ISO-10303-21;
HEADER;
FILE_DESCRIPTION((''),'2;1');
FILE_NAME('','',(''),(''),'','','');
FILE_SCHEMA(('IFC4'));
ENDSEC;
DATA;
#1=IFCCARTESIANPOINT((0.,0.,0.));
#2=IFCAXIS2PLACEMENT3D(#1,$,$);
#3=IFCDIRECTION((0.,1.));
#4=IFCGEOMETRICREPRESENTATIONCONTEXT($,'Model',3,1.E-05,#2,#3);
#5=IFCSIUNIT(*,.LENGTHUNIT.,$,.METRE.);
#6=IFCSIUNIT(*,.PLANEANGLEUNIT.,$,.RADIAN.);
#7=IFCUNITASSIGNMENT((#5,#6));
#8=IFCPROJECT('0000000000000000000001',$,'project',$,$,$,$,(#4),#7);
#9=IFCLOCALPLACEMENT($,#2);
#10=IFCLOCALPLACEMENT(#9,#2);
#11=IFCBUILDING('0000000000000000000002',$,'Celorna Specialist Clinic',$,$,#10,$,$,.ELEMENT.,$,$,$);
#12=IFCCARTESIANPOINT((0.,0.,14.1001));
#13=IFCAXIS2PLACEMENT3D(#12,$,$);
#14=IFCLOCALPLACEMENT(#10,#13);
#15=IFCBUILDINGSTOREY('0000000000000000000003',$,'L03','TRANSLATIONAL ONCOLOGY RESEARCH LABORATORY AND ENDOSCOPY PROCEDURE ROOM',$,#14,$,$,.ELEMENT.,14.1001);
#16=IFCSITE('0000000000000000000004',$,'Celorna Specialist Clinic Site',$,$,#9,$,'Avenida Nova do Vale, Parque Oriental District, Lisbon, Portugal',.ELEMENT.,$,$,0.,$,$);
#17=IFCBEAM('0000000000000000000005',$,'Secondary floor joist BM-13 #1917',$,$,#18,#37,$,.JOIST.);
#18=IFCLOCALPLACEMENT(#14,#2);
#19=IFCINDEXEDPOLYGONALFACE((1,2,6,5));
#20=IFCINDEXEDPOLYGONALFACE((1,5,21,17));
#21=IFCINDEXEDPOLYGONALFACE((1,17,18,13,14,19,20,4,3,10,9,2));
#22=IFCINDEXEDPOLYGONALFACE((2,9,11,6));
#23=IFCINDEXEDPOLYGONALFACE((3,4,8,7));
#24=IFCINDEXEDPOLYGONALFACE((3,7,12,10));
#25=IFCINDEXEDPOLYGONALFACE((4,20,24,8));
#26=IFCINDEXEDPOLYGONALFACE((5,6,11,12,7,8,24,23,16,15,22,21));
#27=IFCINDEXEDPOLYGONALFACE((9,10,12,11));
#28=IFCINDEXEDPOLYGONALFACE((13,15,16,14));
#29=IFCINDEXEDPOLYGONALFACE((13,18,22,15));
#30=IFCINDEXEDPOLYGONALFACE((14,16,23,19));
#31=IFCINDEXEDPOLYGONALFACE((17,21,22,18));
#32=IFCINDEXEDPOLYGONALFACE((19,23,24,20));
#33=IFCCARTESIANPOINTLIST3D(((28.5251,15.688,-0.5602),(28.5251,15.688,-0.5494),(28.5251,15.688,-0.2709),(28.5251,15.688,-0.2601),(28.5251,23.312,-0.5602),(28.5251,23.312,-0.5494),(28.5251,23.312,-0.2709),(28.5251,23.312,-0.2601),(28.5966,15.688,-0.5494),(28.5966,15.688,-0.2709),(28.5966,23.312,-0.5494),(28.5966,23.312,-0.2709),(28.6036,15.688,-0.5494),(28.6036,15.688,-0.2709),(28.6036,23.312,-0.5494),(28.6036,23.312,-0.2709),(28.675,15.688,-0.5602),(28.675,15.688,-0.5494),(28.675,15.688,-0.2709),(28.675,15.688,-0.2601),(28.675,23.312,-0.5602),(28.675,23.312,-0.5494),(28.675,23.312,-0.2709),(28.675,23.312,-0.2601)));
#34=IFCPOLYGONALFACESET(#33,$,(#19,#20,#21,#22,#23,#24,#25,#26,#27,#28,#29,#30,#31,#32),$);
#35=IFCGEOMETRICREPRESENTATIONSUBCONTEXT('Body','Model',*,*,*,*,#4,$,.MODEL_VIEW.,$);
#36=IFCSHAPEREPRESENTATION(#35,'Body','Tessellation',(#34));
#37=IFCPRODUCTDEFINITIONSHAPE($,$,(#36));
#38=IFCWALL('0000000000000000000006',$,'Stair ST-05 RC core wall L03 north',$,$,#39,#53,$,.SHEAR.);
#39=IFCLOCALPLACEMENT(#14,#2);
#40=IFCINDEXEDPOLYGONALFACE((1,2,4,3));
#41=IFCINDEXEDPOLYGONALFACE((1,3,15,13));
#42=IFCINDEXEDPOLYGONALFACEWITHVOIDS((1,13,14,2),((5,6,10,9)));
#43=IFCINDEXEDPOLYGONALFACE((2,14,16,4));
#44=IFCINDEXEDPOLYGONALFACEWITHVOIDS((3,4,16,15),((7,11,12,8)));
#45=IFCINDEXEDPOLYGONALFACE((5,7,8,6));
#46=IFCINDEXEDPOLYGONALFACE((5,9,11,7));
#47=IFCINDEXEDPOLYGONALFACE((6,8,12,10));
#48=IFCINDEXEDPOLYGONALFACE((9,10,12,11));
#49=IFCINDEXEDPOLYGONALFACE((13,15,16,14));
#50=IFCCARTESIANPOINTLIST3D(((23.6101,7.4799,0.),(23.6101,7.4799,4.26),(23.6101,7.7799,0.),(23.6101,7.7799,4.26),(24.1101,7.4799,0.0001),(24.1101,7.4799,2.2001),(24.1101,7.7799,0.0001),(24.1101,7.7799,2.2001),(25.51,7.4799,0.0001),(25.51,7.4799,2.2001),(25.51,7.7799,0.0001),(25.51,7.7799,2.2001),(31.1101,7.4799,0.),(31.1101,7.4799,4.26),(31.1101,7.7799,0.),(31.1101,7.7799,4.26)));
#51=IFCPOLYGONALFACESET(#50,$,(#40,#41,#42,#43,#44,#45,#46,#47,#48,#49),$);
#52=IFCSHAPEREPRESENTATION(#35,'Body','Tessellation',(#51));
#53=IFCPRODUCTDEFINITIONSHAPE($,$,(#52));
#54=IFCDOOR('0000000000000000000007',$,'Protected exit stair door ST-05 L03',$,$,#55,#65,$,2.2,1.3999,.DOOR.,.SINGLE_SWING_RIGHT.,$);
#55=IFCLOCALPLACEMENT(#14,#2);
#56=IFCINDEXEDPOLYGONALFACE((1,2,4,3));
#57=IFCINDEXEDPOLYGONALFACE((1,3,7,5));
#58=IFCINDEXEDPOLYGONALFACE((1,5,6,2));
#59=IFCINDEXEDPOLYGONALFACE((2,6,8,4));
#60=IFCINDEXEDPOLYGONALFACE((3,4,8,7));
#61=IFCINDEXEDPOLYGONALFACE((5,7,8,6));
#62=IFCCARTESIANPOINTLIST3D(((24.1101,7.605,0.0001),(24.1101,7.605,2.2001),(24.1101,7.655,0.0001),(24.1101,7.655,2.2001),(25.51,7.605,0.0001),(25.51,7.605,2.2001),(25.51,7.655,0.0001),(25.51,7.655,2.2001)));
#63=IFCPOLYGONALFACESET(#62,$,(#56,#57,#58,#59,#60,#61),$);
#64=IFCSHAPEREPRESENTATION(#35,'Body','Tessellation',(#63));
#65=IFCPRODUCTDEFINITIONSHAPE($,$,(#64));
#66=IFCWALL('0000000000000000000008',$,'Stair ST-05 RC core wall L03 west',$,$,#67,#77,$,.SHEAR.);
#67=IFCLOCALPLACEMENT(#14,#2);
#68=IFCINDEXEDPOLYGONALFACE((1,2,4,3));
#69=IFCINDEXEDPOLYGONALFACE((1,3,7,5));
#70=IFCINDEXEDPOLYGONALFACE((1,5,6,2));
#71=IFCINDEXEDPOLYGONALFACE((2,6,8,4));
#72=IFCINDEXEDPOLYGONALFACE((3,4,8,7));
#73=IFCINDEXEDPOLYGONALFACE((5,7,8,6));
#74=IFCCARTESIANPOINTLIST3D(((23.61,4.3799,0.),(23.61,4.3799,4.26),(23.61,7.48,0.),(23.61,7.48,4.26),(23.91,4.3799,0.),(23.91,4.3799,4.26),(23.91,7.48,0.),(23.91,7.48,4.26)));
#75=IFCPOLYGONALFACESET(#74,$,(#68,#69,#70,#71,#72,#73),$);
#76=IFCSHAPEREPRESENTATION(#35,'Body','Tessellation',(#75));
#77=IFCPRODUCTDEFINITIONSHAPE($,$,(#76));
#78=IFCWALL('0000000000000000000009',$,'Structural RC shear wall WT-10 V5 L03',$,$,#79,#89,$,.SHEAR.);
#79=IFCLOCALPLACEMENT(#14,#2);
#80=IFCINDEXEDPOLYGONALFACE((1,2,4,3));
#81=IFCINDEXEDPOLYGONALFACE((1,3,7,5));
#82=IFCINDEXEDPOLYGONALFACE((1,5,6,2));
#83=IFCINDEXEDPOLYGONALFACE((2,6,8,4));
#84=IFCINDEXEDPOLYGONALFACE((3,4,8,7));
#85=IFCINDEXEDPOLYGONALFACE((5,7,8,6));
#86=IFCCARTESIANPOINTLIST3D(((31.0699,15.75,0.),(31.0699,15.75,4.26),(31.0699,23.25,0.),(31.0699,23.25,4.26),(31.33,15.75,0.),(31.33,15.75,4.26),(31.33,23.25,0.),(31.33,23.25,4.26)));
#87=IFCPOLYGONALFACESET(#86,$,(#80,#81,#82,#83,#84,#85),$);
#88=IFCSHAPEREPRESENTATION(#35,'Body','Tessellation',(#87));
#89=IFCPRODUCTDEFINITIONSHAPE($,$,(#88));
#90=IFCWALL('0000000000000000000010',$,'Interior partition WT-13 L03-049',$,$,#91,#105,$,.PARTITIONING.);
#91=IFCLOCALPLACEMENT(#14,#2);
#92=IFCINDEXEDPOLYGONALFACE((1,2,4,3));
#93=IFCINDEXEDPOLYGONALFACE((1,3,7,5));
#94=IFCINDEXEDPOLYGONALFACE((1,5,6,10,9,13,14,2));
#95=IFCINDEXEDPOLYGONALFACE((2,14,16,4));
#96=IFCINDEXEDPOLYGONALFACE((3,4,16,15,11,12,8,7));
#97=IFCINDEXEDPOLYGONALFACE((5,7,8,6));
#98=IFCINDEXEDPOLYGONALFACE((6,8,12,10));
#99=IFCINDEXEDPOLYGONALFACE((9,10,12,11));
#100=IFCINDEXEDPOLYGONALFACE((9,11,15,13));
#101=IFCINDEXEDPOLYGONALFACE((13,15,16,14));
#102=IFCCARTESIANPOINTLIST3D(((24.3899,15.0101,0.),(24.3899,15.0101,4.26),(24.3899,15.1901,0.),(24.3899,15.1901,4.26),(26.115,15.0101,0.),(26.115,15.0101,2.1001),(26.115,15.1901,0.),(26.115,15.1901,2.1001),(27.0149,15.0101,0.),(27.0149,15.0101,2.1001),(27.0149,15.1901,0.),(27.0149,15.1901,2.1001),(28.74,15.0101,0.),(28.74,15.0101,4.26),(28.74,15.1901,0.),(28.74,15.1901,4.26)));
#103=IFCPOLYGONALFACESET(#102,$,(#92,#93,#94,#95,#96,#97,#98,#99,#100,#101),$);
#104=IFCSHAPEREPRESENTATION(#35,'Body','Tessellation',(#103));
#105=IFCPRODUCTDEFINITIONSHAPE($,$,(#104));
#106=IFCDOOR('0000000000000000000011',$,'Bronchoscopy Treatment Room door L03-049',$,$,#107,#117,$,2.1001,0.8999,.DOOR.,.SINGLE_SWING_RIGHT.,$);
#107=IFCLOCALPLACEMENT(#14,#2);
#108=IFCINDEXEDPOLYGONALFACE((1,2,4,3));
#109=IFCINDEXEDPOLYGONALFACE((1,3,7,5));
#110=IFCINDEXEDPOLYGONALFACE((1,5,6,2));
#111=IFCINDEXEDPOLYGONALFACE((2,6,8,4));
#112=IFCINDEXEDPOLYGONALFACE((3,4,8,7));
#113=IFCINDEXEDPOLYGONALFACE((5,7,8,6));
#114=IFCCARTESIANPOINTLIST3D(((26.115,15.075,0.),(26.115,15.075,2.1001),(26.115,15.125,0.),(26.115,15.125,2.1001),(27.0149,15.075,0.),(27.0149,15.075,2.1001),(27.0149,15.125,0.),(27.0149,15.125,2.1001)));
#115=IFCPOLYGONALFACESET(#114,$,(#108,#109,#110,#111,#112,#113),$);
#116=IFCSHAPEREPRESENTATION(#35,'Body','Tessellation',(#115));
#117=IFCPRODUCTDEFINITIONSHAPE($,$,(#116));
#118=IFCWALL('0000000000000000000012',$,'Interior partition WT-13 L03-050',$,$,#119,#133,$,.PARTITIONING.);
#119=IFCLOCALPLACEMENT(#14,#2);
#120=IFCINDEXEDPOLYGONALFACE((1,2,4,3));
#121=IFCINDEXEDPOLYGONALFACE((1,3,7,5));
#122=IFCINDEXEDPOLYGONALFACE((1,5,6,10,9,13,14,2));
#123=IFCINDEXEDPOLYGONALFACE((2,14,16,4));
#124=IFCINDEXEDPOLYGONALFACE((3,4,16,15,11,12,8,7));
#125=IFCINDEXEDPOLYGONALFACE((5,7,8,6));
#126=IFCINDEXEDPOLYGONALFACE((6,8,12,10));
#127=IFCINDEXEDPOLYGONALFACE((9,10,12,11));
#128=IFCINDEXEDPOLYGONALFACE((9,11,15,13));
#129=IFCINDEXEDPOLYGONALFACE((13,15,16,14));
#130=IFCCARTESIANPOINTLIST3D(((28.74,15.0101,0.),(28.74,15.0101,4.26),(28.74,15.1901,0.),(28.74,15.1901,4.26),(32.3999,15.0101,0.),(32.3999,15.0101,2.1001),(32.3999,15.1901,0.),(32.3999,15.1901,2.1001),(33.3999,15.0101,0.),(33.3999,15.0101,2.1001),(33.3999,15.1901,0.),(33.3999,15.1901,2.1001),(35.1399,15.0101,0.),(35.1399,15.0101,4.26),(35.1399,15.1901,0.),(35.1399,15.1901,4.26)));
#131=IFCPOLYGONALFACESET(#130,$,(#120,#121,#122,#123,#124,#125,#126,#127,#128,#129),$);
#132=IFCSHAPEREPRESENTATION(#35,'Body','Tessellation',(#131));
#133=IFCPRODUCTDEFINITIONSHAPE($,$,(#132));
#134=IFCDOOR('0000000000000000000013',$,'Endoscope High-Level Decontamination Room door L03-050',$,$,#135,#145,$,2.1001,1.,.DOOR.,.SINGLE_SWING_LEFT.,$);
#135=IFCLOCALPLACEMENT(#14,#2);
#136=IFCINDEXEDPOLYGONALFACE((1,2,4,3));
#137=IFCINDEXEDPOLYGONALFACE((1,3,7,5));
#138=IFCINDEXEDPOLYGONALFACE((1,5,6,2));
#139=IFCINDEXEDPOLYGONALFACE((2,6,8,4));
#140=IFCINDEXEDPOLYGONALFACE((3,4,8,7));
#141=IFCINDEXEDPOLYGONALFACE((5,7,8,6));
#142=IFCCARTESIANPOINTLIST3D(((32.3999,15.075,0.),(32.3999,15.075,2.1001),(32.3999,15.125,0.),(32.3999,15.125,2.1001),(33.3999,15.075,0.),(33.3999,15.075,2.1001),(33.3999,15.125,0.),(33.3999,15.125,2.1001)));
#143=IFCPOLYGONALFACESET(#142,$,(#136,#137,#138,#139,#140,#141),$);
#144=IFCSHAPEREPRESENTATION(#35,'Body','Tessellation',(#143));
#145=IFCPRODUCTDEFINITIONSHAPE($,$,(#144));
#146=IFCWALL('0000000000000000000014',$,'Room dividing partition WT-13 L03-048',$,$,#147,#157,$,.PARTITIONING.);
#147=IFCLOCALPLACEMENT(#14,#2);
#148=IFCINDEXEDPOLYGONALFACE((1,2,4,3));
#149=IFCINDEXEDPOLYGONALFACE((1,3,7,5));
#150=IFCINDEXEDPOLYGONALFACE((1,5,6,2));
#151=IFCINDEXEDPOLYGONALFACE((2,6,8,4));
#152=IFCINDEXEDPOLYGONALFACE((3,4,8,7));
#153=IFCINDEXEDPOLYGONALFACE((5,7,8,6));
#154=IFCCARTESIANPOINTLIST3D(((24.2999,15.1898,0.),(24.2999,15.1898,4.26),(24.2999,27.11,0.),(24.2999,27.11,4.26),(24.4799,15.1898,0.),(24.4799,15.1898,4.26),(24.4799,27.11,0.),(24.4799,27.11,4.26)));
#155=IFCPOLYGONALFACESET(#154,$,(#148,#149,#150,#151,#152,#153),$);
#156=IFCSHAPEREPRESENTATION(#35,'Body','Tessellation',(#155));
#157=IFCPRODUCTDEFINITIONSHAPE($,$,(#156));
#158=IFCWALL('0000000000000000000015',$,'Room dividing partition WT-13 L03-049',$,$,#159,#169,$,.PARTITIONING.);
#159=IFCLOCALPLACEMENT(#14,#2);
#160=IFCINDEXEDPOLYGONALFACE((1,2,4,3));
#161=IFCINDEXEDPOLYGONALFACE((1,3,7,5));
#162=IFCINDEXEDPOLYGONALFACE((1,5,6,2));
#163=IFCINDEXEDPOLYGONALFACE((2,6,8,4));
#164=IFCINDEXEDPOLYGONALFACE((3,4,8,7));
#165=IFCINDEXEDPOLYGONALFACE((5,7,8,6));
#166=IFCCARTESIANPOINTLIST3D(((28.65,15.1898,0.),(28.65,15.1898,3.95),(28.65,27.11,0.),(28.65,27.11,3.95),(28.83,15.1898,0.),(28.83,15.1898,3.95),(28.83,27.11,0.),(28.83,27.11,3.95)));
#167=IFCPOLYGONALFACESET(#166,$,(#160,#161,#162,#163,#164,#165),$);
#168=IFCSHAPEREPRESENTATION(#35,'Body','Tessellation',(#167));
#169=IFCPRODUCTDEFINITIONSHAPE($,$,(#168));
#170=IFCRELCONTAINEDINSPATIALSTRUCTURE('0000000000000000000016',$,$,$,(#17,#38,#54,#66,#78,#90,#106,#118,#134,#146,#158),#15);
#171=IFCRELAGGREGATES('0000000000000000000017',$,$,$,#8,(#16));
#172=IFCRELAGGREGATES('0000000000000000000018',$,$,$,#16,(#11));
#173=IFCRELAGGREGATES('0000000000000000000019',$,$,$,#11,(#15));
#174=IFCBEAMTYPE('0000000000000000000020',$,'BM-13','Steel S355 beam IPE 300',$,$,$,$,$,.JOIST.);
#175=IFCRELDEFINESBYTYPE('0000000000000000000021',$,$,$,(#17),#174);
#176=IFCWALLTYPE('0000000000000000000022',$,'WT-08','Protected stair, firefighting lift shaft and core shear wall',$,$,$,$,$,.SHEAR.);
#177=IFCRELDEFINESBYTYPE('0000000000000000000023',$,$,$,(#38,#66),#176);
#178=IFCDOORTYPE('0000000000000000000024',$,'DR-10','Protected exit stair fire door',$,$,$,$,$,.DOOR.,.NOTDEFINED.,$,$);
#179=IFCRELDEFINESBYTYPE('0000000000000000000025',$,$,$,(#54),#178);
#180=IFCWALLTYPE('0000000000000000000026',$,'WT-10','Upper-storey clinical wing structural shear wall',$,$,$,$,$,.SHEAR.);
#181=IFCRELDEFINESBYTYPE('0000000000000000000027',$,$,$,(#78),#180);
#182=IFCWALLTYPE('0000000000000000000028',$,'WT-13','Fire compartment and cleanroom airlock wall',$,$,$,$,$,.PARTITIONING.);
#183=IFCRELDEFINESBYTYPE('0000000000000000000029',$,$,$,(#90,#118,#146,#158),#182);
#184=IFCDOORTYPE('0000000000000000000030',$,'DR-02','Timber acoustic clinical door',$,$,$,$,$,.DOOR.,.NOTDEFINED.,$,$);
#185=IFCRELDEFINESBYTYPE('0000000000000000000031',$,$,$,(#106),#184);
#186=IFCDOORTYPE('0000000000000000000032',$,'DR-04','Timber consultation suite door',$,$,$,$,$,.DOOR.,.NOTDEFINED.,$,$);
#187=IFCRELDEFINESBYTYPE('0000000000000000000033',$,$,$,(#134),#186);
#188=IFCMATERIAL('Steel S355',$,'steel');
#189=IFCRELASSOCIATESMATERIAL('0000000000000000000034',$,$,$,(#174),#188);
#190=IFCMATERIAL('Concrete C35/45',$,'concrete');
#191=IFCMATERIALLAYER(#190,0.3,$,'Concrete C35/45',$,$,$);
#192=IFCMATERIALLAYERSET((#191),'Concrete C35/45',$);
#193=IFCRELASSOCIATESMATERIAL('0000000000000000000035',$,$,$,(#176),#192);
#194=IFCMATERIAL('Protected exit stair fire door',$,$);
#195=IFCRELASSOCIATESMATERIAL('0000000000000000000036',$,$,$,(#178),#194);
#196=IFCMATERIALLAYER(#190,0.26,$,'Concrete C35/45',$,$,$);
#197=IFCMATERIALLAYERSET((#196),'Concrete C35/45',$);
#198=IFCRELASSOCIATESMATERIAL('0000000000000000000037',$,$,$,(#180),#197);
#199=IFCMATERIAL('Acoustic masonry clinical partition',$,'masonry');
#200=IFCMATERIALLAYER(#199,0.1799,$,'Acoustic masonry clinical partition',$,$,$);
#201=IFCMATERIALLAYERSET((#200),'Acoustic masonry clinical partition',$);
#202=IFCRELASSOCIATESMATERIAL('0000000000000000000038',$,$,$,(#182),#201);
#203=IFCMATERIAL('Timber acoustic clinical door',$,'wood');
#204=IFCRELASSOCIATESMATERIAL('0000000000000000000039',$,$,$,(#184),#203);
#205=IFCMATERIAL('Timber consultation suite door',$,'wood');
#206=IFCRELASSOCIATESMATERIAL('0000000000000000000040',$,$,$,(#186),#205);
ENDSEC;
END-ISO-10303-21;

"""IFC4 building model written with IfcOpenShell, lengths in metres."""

from ifc_helpers import new_model, si_unit, direction, frame, frame_2d, origin, origin_2d, place, context, subcontext, project, spatial, rectangle, i_section, extrude, material, layer, layer_set, material_profile, profile_set, type_object, element, fill, save


model = new_model("IFC4")

# Units and contexts
model_context = context("Model", 3, precision=1e-05, world=origin(), true_north=direction((0.0, 1.0)))
body_context = subcontext(model_context, "Body", "Model", "MODEL_VIEW")
ifc_project = project(units=[si_unit("LENGTHUNIT", "METRE"), si_unit("PLANEANGLEUNIT", "RADIAN")], contexts=[model_context])

# Site, building, storey
site_placement = place(None, origin())
site = spatial("IfcSite", under=ifc_project, at=site_placement, Name="Celorna Specialist Clinic Site", LongName="Avenida Nova do Vale, Parque Oriental District, Lisbon, Portugal", CompositionType="ELEMENT", RefElevation=0.0)
building_placement = place(site_placement, origin())
building = spatial("IfcBuilding", under=site, at=building_placement, Name="Celorna Specialist Clinic", CompositionType="ELEMENT")
storey_placement = place(building_placement, frame((0.0, 0.0, 14.1001)))
storey = spatial("IfcBuildingStorey", under=building, at=storey_placement, Name="L03", Description="TRANSLATIONAL ONCOLOGY RESEARCH LABORATORY AND ENDOSCOPY PROCEDURE ROOM", CompositionType="ELEMENT", Elevation=14.1001)

# Shared definitions
ifc_material_1 = material(Name="Concrete C35/45", Category="concrete")

# Beam
ifc_material_2 = material(Name="Steel S355", Category="steel")
ifc_material_profile_1 = material_profile(ifc_material_2, i_section(OverallWidth=0.1499, OverallDepth=0.3, WebThickness=0.0071, FlangeThickness=0.0107, at=origin_2d()), Name="IPE 300")
ifc_profile_set_1 = profile_set([ifc_material_profile_1], Name="Steel S355")
beam_type_1 = type_object("IfcBeamType", Name="BM-13", Description="Steel S355 beam IPE 300", PredefinedType="JOIST", material=ifc_profile_set_1)
for number, where, z_axis, x_axis, name in (
    (1, (28.6001, 15.688, -0.4102), (0.0, 1.0, 0.0), (-1.0, 0.0, 0.0), "Secondary floor joist BM-13 #1917"),
):
    element("IfcBeam", number, at=place(storey_placement, frame(where, z_axis=z_axis, x_axis=x_axis)), inside=storey, type_object=beam_type_1, Name=name, PredefinedType="JOIST", context=body_context, shape_type="SweptSolid", body=[
        extrude(i_section(OverallWidth=0.1499, OverallDepth=0.3, WebThickness=0.0071, FlangeThickness=0.0107, at=origin_2d()), origin(), (0.0, 0.0, 1.0), 7.624),
    ])

# Wall, opening, door
ifc_layer_1 = layer(ifc_material_1, 0.3, Name="Concrete C35/45")
ifc_layer_set_1 = layer_set([ifc_layer_1], Name="Concrete C35/45")
wall_type_1 = type_object("IfcWallType", Name="WT-08", Description="Protected stair, firefighting lift shaft and core shear wall", PredefinedType="SHEAR", material=ifc_layer_set_1)
wall_1_placement = place(storey_placement, frame((31.1101, 7.6299, 0.0), z_axis=(0.0, 0.0, 1.0), x_axis=(-1.0, 0.0, 0.0)))
wall_1 = element("IfcWall", 2, at=wall_1_placement, inside=storey, type_object=wall_type_1, Name="Stair ST-05 RC core wall L03 north", PredefinedType="SHEAR", context=body_context, shape_type="SweptSolid", body=[
    extrude(rectangle(XDim=7.5, YDim=0.3, at=frame_2d((3.75, 0.0))), origin(), (0.0, 0.0, 1.0), 4.26),
])
opening_1_placement = place(wall_1_placement, frame((5.6001, 0.0, 0.0)))
opening_1 = element("IfcOpeningElement", 3, at=opening_1_placement, cuts=wall_1, PredefinedType="OPENING", context=body_context, shape_type="SweptSolid", body=[
    extrude(rectangle(XDim=1.3999, YDim=2.2, at=frame_2d((0.7, 1.1001))), frame((0.0, 0.1599, 0.0), z_axis=(0.0, -1.0, 0.0), x_axis=(1.0, 0.0, 0.0)), (0.0, 0.0, 1.0), 0.3201),
])
ifc_material_3 = material(Name="Protected exit stair fire door")
door_type_1 = type_object("IfcDoorType", Name="DR-10", Description="Protected exit stair fire door", OperationType="NOTDEFINED", PredefinedType="DOOR", material=ifc_material_3)
door_1_placement = place(opening_1_placement, origin())
door_1 = element("IfcDoor", 4, at=door_1_placement, inside=storey, type_object=door_type_1, Name="Protected exit stair door ST-05 L03", OperationType="SINGLE_SWING_RIGHT", OverallHeight=2.2, OverallWidth=1.3999, PredefinedType="DOOR", context=body_context, shape_type="SweptSolid", body=[
    extrude(rectangle(XDim=1.3999, YDim=2.2, at=frame_2d((0.7, 1.1001))), frame((0.0, 0.0249, 0.0), z_axis=(0.0, -1.0, 0.0), x_axis=(1.0, 0.0, 0.0)), (0.0, 0.0, 1.0), 0.05),
])
fill(opening_1, door_1)

# Walls
wall_2_placement = place(storey_placement, frame((23.76, 7.48, 0.0), z_axis=(0.0, 0.0, 1.0), x_axis=(0.0, -1.0, 0.0)))
element("IfcWall", 5, at=wall_2_placement, inside=storey, type_object=wall_type_1, Name="Stair ST-05 RC core wall L03 west", PredefinedType="SHEAR", context=body_context, shape_type="SweptSolid", body=[
    extrude(rectangle(XDim=3.1001, YDim=0.3, at=frame_2d((1.55, 0.0))), origin(), (0.0, 0.0, 1.0), 4.26),
])
ifc_layer_2 = layer(ifc_material_1, 0.26, Name="Concrete C35/45")
ifc_layer_set_2 = layer_set([ifc_layer_2], Name="Concrete C35/45")
wall_type_2 = type_object("IfcWallType", Name="WT-10", Description="Upper-storey clinical wing structural shear wall", PredefinedType="SHEAR", material=ifc_layer_set_2)
wall_3_placement = place(storey_placement, frame((31.2, 15.75, 0.0), z_axis=(0.0, 0.0, 1.0), x_axis=(0.0, 1.0, 0.0)))
element("IfcWall", 6, at=wall_3_placement, inside=storey, type_object=wall_type_2, Name="Structural RC shear wall WT-10 V5 L03", PredefinedType="SHEAR", context=body_context, shape_type="SweptSolid", body=[
    extrude(rectangle(XDim=7.5, YDim=0.26, at=frame_2d((3.75, 0.0))), origin(), (0.0, 0.0, 1.0), 4.26),
])

# Walls, openings, doors
ifc_material_4 = material(Name="Acoustic masonry clinical partition", Category="masonry")
ifc_layer_3 = layer(ifc_material_4, 0.1799, Name="Acoustic masonry clinical partition")
ifc_layer_set_3 = layer_set([ifc_layer_3], Name="Acoustic masonry clinical partition")
wall_type_3 = type_object("IfcWallType", Name="WT-13", Description="Fire compartment and cleanroom airlock wall", PredefinedType="PARTITIONING", material=ifc_layer_set_3)
wall_4_placement = place(storey_placement, frame((24.3899, 15.1001, 0.0), z_axis=(0.0, 0.0, 1.0), x_axis=(1.0, 0.0, 0.0)))
wall_4 = element("IfcWall", 7, at=wall_4_placement, inside=storey, type_object=wall_type_3, Name="Interior partition WT-13 L03-049", PredefinedType="PARTITIONING", context=body_context, shape_type="SweptSolid", body=[
    extrude(rectangle(XDim=4.3501, YDim=0.1799, at=frame_2d((2.175, 0.0))), origin(), (0.0, 0.0, 1.0), 4.26),
])
opening_2_placement = place(wall_4_placement, frame((1.7251, 0.0, 0.0)))
opening_2 = element("IfcOpeningElement", 8, at=opening_2_placement, cuts=wall_4, PredefinedType="OPENING", context=body_context, shape_type="SweptSolid", body=[
    extrude(rectangle(XDim=0.8999, YDim=2.1001, at=frame_2d((0.45, 1.05))), frame((0.0, 0.0999, 0.0), z_axis=(0.0, -1.0, 0.0), x_axis=(1.0, 0.0, 0.0)), (0.0, 0.0, 1.0), 0.2),
])
ifc_material_5 = material(Name="Timber acoustic clinical door", Category="wood")
door_type_2 = type_object("IfcDoorType", Name="DR-02", Description="Timber acoustic clinical door", OperationType="NOTDEFINED", PredefinedType="DOOR", material=ifc_material_5)
door_2_placement = place(opening_2_placement, origin())
door_2 = element("IfcDoor", 9, at=door_2_placement, inside=storey, type_object=door_type_2, Name="Bronchoscopy Treatment Room door L03-049", OperationType="SINGLE_SWING_RIGHT", OverallHeight=2.1001, OverallWidth=0.8999, PredefinedType="DOOR", context=body_context, shape_type="SweptSolid", body=[
    extrude(rectangle(XDim=0.8999, YDim=2.1001, at=frame_2d((0.45, 1.05))), frame((0.0, 0.0249, 0.0), z_axis=(0.0, -1.0, 0.0), x_axis=(1.0, 0.0, 0.0)), (0.0, 0.0, 1.0), 0.05),
])
fill(opening_2, door_2)
wall_5_placement = place(storey_placement, frame((28.74, 15.1001, 0.0), z_axis=(0.0, 0.0, 1.0), x_axis=(1.0, 0.0, 0.0)))
wall_5 = element("IfcWall", 10, at=wall_5_placement, inside=storey, type_object=wall_type_3, Name="Interior partition WT-13 L03-050", PredefinedType="PARTITIONING", context=body_context, shape_type="SweptSolid", body=[
    extrude(rectangle(XDim=6.3999, YDim=0.1799, at=frame_2d((3.2, 0.0))), origin(), (0.0, 0.0, 1.0), 4.26),
])
opening_3_placement = place(wall_5_placement, frame((3.6599, 0.0, 0.0)))
opening_3 = element("IfcOpeningElement", 11, at=opening_3_placement, cuts=wall_5, PredefinedType="OPENING", context=body_context, shape_type="SweptSolid", body=[
    extrude(rectangle(XDim=1.0, YDim=2.1001, at=frame_2d((0.5, 1.05))), frame((0.0, 0.0999, 0.0), z_axis=(0.0, -1.0, 0.0), x_axis=(1.0, 0.0, 0.0)), (0.0, 0.0, 1.0), 0.2),
])
ifc_material_6 = material(Name="Timber consultation suite door", Category="wood")
door_type_3 = type_object("IfcDoorType", Name="DR-04", Description="Timber consultation suite door", OperationType="NOTDEFINED", PredefinedType="DOOR", material=ifc_material_6)
door_3_placement = place(opening_3_placement, origin())
door_3 = element("IfcDoor", 12, at=door_3_placement, inside=storey, type_object=door_type_3, Name="Endoscope High-Level Decontamination Room door L03-050", OperationType="SINGLE_SWING_LEFT", OverallHeight=2.1001, OverallWidth=1.0, PredefinedType="DOOR", context=body_context, shape_type="SweptSolid", body=[
    extrude(rectangle(XDim=1.0, YDim=2.1001, at=frame_2d((0.5, 1.05))), frame((0.0, 0.0249, 0.0), z_axis=(0.0, -1.0, 0.0), x_axis=(1.0, 0.0, 0.0)), (0.0, 0.0, 1.0), 0.05),
])
fill(opening_3, door_3)

# Walls
wall_6_placement = place(storey_placement, frame((24.3899, 15.1899, 0.0), z_axis=(0.0, 0.0, 1.0), x_axis=(0.0, 1.0, 0.0)))
element("IfcWall", 13, at=wall_6_placement, inside=storey, type_object=wall_type_3, Name="Room dividing partition WT-13 L03-048", PredefinedType="PARTITIONING", context=body_context, shape_type="SweptSolid", body=[
    extrude(rectangle(XDim=11.9202, YDim=0.1799, at=frame_2d((5.96, 0.0))), origin(), (0.0, 0.0, 1.0), 4.26),
])
wall_7_placement = place(storey_placement, frame((28.74, 15.1899, 0.0), z_axis=(0.0, 0.0, 1.0), x_axis=(0.0, 1.0, 0.0)))
element("IfcWall", 14, at=wall_7_placement, inside=storey, type_object=wall_type_3, Name="Room dividing partition WT-13 L03-049", PredefinedType="PARTITIONING", context=body_context, shape_type="SweptSolid", body=[
    extrude(rectangle(XDim=11.9202, YDim=0.1799, at=frame_2d((5.96, 0.0))), origin(), (0.0, 0.0, 1.0), 3.95),
])

save(model, "model.ifc")
